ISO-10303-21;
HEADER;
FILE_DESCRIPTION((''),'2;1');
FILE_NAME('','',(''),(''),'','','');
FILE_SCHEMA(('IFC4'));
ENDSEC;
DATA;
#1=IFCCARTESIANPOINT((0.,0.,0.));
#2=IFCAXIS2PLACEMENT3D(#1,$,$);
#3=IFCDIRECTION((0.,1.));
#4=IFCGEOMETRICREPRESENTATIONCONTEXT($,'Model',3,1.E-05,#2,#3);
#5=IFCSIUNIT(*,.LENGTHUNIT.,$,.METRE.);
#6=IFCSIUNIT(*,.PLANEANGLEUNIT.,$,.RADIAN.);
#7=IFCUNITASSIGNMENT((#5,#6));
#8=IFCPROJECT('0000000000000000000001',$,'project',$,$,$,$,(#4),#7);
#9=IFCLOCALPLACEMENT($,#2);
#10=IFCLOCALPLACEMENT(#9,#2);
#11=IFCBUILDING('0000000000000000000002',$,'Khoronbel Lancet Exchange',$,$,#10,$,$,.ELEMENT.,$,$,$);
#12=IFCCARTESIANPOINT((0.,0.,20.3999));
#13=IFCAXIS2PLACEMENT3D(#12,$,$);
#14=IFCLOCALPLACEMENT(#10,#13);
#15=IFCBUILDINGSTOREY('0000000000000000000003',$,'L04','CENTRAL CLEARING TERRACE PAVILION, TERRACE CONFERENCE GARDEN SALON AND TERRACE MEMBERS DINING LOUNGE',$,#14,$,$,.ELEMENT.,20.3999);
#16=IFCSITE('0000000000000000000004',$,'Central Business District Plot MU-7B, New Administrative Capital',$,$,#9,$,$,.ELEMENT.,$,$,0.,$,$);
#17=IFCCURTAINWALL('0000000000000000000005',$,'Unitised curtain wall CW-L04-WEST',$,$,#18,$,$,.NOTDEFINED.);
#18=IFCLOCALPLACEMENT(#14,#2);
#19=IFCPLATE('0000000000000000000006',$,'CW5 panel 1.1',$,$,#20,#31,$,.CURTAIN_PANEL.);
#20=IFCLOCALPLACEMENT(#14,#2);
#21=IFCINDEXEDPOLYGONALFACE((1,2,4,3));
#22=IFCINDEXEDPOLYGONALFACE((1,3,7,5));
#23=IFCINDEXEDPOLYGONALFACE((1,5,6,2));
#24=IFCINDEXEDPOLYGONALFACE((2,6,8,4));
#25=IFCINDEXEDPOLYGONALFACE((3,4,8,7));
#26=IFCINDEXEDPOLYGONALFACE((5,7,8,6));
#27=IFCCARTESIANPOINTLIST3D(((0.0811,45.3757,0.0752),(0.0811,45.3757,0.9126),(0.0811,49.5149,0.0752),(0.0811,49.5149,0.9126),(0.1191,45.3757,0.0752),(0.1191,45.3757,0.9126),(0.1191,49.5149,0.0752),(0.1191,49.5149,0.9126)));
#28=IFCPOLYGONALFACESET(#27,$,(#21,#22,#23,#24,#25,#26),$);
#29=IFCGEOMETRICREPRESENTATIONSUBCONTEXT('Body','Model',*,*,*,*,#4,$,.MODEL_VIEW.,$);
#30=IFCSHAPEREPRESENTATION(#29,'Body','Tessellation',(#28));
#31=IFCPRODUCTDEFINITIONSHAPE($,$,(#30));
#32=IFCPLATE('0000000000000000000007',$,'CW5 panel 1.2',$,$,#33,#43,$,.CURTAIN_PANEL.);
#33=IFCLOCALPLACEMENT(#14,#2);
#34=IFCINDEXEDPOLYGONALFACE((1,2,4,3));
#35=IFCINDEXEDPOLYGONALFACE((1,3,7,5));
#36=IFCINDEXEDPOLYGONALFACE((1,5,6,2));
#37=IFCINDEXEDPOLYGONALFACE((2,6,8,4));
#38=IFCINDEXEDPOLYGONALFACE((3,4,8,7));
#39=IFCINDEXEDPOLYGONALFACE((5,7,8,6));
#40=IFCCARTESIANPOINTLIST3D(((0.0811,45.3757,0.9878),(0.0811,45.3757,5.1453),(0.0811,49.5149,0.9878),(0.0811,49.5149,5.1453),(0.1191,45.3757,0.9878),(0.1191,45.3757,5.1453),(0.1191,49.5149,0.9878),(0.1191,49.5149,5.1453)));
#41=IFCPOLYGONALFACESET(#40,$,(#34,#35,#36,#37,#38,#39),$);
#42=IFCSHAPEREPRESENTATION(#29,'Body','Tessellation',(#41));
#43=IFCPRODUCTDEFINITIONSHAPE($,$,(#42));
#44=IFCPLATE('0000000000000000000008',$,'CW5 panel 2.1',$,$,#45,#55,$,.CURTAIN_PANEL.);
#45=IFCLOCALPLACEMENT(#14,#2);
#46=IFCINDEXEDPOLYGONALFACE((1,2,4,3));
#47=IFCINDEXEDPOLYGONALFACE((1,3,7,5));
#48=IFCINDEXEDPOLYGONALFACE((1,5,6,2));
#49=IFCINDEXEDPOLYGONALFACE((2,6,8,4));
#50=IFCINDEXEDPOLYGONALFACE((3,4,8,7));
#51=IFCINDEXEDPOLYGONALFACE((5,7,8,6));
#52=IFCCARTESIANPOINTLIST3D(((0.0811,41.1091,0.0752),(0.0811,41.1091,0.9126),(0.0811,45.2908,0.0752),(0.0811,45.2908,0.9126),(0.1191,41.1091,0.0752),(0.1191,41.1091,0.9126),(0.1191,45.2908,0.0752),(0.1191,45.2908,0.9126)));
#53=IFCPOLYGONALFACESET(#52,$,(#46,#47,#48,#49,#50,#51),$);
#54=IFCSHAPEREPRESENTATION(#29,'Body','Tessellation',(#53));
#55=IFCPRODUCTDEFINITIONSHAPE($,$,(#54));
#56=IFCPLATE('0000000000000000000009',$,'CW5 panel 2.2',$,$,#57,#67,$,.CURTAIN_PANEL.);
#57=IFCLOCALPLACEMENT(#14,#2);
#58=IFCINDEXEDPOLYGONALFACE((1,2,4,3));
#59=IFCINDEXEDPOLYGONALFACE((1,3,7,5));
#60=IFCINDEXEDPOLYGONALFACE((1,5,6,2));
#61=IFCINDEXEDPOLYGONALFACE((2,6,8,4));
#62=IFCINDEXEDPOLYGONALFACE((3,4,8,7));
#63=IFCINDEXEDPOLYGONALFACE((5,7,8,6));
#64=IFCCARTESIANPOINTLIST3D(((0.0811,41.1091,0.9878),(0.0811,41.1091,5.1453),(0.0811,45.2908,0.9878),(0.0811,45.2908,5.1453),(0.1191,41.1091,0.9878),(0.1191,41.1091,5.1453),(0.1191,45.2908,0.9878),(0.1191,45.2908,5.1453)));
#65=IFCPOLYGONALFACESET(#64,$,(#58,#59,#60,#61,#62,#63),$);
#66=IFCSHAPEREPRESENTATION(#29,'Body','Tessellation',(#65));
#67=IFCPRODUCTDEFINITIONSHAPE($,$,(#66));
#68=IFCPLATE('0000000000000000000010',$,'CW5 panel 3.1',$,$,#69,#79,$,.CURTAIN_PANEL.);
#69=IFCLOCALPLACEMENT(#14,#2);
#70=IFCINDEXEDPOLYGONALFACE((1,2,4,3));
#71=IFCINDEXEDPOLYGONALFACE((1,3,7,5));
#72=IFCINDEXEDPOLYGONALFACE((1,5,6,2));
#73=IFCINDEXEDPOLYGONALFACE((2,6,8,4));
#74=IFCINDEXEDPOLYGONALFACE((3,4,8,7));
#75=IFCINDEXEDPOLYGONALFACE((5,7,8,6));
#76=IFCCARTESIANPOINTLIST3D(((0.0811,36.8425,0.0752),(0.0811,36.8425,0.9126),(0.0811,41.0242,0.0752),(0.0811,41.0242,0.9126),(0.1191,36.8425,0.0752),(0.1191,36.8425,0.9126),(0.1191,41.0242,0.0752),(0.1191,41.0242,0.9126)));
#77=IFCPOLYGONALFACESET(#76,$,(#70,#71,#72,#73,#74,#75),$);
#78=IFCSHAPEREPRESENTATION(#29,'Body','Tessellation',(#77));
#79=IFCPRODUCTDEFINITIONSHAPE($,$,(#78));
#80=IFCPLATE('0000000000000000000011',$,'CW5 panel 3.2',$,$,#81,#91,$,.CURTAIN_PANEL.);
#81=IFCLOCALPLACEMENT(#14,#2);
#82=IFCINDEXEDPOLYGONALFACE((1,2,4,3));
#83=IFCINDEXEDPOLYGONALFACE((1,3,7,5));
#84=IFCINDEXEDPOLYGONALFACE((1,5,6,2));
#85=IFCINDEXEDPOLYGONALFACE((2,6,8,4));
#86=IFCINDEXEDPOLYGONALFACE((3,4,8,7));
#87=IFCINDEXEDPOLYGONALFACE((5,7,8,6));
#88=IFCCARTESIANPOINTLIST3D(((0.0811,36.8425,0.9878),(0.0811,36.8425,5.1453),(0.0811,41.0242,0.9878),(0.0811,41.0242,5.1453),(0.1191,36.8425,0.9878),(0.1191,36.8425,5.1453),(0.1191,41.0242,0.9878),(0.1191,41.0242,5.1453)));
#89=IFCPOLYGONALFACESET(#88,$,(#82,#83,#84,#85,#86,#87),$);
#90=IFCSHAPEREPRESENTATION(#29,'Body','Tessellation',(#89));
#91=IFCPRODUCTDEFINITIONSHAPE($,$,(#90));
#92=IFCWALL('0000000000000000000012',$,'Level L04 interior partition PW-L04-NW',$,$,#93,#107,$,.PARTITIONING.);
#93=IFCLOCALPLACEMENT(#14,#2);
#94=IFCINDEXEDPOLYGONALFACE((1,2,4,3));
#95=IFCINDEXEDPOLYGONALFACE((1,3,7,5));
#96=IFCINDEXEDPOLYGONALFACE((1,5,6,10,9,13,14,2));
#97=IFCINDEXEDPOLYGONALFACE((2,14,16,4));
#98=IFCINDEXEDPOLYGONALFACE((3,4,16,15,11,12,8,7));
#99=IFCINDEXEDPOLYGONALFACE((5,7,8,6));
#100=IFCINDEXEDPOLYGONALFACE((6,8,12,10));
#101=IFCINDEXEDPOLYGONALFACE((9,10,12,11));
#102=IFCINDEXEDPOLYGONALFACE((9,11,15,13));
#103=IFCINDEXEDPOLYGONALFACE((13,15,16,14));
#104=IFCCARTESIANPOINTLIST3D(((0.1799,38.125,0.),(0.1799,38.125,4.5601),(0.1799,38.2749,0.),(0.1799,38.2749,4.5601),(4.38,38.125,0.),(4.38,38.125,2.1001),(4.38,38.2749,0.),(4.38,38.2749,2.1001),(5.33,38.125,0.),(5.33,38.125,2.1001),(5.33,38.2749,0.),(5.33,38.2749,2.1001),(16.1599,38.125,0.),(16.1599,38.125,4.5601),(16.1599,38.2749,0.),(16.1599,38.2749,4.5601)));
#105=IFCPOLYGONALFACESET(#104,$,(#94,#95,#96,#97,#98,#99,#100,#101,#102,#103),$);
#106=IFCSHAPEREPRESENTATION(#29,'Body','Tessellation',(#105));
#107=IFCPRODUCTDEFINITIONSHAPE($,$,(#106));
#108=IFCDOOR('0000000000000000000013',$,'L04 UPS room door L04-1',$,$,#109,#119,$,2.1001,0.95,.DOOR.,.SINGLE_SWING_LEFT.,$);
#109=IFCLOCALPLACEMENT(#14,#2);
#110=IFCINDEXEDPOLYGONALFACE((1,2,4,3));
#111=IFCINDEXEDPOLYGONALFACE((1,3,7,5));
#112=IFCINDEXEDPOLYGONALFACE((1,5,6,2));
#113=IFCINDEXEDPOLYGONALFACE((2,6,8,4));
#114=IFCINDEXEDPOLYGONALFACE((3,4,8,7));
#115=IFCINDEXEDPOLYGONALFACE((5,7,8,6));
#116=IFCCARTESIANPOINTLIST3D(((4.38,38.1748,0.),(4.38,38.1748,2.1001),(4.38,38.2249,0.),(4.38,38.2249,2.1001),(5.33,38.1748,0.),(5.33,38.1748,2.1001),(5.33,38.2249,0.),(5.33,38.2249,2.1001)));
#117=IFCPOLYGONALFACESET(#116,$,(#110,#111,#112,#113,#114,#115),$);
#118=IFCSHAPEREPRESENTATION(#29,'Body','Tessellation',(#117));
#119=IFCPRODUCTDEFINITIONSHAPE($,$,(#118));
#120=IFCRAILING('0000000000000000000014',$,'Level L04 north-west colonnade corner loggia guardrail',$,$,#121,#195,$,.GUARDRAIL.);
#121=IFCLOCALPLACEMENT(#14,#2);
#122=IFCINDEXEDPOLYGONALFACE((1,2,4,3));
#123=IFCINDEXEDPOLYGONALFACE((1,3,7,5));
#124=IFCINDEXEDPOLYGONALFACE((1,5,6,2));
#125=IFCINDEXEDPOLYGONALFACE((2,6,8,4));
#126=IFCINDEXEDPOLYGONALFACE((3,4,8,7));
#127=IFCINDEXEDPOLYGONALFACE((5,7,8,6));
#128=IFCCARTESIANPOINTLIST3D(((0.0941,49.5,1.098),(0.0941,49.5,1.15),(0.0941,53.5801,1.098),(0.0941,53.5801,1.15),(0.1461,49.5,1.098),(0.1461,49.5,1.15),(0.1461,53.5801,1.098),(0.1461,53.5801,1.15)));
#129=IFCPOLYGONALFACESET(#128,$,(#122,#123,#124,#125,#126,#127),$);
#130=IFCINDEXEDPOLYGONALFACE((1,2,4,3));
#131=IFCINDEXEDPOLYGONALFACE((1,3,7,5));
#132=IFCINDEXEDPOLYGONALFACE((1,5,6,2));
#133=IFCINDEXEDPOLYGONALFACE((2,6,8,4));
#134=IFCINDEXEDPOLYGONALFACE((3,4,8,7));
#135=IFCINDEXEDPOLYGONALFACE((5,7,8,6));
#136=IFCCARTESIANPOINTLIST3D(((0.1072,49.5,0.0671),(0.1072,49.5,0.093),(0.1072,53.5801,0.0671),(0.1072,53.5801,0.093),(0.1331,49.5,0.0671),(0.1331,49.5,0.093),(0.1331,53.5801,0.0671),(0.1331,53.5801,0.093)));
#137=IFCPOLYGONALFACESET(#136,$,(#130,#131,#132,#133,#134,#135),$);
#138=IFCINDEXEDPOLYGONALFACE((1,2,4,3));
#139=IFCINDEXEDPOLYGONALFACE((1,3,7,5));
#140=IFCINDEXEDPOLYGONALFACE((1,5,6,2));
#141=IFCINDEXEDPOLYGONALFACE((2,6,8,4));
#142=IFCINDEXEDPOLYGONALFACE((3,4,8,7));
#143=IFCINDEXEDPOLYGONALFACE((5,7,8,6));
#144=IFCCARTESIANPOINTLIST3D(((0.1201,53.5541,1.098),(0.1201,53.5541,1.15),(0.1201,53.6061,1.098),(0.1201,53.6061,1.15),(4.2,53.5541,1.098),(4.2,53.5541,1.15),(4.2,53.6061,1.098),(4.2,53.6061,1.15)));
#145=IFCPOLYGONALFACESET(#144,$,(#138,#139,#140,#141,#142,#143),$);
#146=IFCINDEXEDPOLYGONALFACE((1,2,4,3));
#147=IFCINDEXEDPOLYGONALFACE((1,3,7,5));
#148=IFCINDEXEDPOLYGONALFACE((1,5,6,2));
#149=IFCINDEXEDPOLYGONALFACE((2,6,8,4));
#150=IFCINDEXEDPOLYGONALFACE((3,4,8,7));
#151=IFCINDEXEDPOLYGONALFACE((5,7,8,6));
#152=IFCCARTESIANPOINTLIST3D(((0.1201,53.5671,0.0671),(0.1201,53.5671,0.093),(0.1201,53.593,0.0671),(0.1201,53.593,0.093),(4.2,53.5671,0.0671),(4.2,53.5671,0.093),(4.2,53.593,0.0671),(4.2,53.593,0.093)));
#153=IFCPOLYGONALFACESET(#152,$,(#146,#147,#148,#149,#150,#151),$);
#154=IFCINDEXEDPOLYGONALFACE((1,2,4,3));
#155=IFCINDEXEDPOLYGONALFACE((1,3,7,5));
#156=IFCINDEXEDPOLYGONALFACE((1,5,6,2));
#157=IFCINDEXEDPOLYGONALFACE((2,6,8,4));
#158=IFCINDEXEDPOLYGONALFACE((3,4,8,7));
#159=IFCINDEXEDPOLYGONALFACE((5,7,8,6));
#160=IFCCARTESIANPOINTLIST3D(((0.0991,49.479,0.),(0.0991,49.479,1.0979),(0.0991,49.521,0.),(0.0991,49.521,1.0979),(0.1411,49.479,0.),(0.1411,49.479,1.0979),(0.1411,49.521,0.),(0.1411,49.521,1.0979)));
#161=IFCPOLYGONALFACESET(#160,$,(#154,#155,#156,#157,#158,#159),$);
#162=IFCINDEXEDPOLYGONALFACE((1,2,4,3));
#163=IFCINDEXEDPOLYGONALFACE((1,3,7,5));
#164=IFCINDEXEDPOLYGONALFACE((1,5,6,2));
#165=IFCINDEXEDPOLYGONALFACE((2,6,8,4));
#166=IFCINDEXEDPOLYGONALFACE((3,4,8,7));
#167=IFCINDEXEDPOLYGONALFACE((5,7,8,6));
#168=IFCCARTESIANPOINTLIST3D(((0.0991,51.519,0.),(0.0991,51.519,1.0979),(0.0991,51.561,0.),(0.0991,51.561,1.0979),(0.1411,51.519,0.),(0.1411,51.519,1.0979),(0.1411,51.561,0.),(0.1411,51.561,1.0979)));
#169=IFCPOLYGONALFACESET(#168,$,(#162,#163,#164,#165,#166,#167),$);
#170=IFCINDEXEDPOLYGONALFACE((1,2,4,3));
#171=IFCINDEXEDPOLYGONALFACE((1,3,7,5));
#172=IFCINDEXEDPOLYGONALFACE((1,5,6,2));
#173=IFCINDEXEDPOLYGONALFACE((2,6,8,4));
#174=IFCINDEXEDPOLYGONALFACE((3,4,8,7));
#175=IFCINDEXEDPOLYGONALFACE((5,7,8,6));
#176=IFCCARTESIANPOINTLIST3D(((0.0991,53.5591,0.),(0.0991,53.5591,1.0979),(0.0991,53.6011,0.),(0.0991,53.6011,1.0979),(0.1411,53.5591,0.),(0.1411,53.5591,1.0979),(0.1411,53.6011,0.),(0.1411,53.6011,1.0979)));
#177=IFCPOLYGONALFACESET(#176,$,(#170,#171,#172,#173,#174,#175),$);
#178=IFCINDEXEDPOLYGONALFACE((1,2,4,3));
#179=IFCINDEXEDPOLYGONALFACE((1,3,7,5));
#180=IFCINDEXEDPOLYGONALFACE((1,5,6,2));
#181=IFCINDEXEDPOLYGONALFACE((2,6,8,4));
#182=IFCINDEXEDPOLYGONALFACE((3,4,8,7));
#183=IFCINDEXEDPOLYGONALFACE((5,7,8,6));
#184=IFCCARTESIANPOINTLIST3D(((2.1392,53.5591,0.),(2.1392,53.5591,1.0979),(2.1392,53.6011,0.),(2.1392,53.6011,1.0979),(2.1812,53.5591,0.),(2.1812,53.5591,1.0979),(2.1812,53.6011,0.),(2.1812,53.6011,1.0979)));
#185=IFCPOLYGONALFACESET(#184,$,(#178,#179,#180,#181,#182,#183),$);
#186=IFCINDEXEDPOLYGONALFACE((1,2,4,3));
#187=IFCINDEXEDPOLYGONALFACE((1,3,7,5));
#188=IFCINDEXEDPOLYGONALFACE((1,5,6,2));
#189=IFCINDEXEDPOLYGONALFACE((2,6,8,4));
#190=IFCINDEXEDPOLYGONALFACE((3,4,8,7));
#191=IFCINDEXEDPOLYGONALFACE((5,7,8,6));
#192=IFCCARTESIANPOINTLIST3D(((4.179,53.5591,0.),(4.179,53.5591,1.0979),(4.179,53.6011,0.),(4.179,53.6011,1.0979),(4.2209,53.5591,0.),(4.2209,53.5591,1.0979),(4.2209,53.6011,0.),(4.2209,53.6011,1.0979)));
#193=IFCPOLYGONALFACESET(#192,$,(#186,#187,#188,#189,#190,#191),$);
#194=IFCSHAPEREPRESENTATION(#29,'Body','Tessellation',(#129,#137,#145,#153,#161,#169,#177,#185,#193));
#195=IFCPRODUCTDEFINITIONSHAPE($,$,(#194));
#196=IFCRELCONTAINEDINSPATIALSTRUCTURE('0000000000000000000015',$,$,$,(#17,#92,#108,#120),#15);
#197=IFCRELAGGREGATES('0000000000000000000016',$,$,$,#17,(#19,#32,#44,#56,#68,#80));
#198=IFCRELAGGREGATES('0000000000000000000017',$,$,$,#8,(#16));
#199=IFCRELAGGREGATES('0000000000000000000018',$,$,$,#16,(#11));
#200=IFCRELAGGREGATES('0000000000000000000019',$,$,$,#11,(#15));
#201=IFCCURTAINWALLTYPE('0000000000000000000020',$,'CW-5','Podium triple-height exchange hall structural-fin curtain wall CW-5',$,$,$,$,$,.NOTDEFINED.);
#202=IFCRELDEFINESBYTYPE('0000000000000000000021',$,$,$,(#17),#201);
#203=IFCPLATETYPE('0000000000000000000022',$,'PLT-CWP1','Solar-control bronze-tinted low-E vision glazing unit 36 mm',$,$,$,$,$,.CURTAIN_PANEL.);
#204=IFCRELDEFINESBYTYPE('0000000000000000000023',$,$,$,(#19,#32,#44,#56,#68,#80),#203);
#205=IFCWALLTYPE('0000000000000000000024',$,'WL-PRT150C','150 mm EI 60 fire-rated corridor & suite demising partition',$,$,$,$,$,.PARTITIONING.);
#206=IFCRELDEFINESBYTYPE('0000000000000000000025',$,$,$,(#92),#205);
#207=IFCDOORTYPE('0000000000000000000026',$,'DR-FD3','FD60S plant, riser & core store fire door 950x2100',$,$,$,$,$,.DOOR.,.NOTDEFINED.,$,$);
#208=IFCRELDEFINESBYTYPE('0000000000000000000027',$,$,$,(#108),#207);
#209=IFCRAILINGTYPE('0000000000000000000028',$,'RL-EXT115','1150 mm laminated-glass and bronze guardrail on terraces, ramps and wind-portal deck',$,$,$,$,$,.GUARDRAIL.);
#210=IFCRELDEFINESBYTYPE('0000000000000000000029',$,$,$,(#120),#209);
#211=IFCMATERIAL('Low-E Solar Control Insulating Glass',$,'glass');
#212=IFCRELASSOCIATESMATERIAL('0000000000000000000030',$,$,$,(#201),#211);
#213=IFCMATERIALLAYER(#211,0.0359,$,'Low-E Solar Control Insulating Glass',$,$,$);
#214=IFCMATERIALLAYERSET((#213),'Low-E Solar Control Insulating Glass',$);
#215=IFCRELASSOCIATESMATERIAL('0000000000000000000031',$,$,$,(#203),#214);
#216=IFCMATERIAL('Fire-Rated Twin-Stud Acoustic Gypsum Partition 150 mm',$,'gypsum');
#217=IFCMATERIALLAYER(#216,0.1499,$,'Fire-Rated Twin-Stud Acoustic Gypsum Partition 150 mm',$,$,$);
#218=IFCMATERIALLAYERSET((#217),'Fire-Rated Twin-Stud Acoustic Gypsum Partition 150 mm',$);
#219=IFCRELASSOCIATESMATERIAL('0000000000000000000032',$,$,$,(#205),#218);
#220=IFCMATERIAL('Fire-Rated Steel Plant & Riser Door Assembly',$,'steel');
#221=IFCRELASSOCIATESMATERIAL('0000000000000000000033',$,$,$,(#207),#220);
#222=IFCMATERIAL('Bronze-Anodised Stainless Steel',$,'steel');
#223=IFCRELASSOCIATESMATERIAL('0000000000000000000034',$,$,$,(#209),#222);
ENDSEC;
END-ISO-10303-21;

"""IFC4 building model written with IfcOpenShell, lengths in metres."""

from ifc_helpers import new_model, si_unit, direction, frame, frame_2d, origin, origin_2d, place, context, subcontext, project, spatial, rectangle, extrude, material, layer, layer_set, type_object, element, fill, aggregate, save


model = new_model("IFC4")

# Units and contexts
model_context = context("Model", 3, precision=1e-05, world=origin(), true_north=direction((0.0, 1.0)))
body_context = subcontext(model_context, "Body", "Model", "MODEL_VIEW")
ifc_project = project(units=[si_unit("LENGTHUNIT", "METRE"), si_unit("PLANEANGLEUNIT", "RADIAN")], contexts=[model_context])

# Site, building, storey
site_placement = place(None, origin())
site = spatial("IfcSite", under=ifc_project, at=site_placement, Name="Central Business District Plot MU-7B, New Administrative Capital", CompositionType="ELEMENT", RefElevation=0.0)
building_placement = place(site_placement, origin())
building = spatial("IfcBuilding", under=site, at=building_placement, Name="Khoronbel Lancet Exchange", CompositionType="ELEMENT")
storey_placement = place(building_placement, frame((0.0, 0.0, 20.3999)))
storey = spatial("IfcBuildingStorey", under=building, at=storey_placement, Name="L04", Description="CENTRAL CLEARING TERRACE PAVILION, TERRACE CONFERENCE GARDEN SALON AND TERRACE MEMBERS DINING LOUNGE", CompositionType="ELEMENT", Elevation=20.3999)

# Curtain wall, plates
ifc_material_1 = material(Name="Low-E Solar Control Insulating Glass", Category="glass")
curtain_wall_type = type_object("IfcCurtainWallType", Name="CW-5", Description="Podium triple-height exchange hall structural-fin curtain wall CW-5", PredefinedType="NOTDEFINED", material=ifc_material_1)
curtain_wall_placement = place(storey_placement, origin())
curtain_wall = element("IfcCurtainWall", 1, at=curtain_wall_placement, inside=storey, type_object=curtain_wall_type, Name="Unitised curtain wall CW-L04-WEST", PredefinedType="NOTDEFINED")
ifc_layer_1 = layer(ifc_material_1, 0.0359, Name="Low-E Solar Control Insulating Glass")
ifc_layer_set_1 = layer_set([ifc_layer_1], Name="Low-E Solar Control Insulating Glass")
plate_type = type_object("IfcPlateType", Name="PLT-CWP1", Description="Solar-control bronze-tinted low-E vision glazing unit 36 mm", PredefinedType="CURTAIN_PANEL", material=ifc_layer_set_1)
plate_1_placement = place(storey_placement, frame((0.1001, 47.4453, 0.0752), z_axis=(0.0, 0.0, 1.0), x_axis=(0.0, -1.0, 0.0)))
plate_1 = element("IfcPlate", 2, at=plate_1_placement, type_object=plate_type, Name="CW5 panel 1.1", PredefinedType="CURTAIN_PANEL", context=body_context, shape_type="SweptSolid", body=[
    extrude(rectangle(XDim=4.1392, YDim=0.0381, at=origin_2d()), origin(), (0.0, 0.0, 1.0), 0.8374),
])
plate_2_placement = place(storey_placement, frame((0.1001, 47.4453, 0.9878), z_axis=(0.0, 0.0, 1.0), x_axis=(0.0, -1.0, 0.0)))
plate_2 = element("IfcPlate", 3, at=plate_2_placement, type_object=plate_type, Name="CW5 panel 1.2", PredefinedType="CURTAIN_PANEL", context=body_context, shape_type="SweptSolid", body=[
    extrude(rectangle(XDim=4.1392, YDim=0.0381, at=origin_2d()), origin(), (0.0, 0.0, 1.0), 4.1575),
])
plate_3_placement = place(storey_placement, frame((0.1001, 43.2, 0.0752), z_axis=(0.0, 0.0, 1.0), x_axis=(0.0, -1.0, 0.0)))
plate_3 = element("IfcPlate", 4, at=plate_3_placement, type_object=plate_type, Name="CW5 panel 2.1", PredefinedType="CURTAIN_PANEL", context=body_context, shape_type="SweptSolid", body=[
    extrude(rectangle(XDim=4.1816, YDim=0.0381, at=origin_2d()), origin(), (0.0, 0.0, 1.0), 0.8374),
])
plate_4_placement = place(storey_placement, frame((0.1001, 43.2, 0.9878), z_axis=(0.0, 0.0, 1.0), x_axis=(0.0, -1.0, 0.0)))
plate_4 = element("IfcPlate", 5, at=plate_4_placement, type_object=plate_type, Name="CW5 panel 2.2", PredefinedType="CURTAIN_PANEL", context=body_context, shape_type="SweptSolid", body=[
    extrude(rectangle(XDim=4.1816, YDim=0.0381, at=origin_2d()), origin(), (0.0, 0.0, 1.0), 4.1575),
])
plate_5_placement = place(storey_placement, frame((0.1001, 38.9333, 0.0752), z_axis=(0.0, 0.0, 1.0), x_axis=(0.0, -1.0, 0.0)))
plate_5 = element("IfcPlate", 6, at=plate_5_placement, type_object=plate_type, Name="CW5 panel 3.1", PredefinedType="CURTAIN_PANEL", context=body_context, shape_type="SweptSolid", body=[
    extrude(rectangle(XDim=4.1816, YDim=0.0381, at=origin_2d()), origin(), (0.0, 0.0, 1.0), 0.8374),
])
plate_6_placement = place(storey_placement, frame((0.1001, 38.9333, 0.9878), z_axis=(0.0, 0.0, 1.0), x_axis=(0.0, -1.0, 0.0)))
plate_6 = element("IfcPlate", 7, at=plate_6_placement, type_object=plate_type, Name="CW5 panel 3.2", PredefinedType="CURTAIN_PANEL", context=body_context, shape_type="SweptSolid", body=[
    extrude(rectangle(XDim=4.1816, YDim=0.0381, at=origin_2d()), origin(), (0.0, 0.0, 1.0), 4.1575),
])
aggregate(curtain_wall, [plate_1, plate_2, plate_3, plate_4, plate_5, plate_6])

# Wall, opening, door
ifc_material_2 = material(Name="Fire-Rated Twin-Stud Acoustic Gypsum Partition 150 mm", Category="gypsum")
ifc_layer_2 = layer(ifc_material_2, 0.1499, Name="Fire-Rated Twin-Stud Acoustic Gypsum Partition 150 mm")
ifc_layer_set_2 = layer_set([ifc_layer_2], Name="Fire-Rated Twin-Stud Acoustic Gypsum Partition 150 mm")
wall_type = type_object("IfcWallType", Name="WL-PRT150C", Description="150 mm EI 60 fire-rated corridor & suite demising partition", PredefinedType="PARTITIONING", material=ifc_layer_set_2)
wall_placement = place(storey_placement, frame((0.1799, 38.2, 0.0), z_axis=(0.0, 0.0, 1.0), x_axis=(1.0, 0.0, 0.0)))
wall = element("IfcWall", 8, at=wall_placement, inside=storey, type_object=wall_type, Name="Level L04 interior partition PW-L04-NW", PredefinedType="PARTITIONING", context=body_context, shape_type="SweptSolid", body=[
    extrude(rectangle(XDim=15.98, YDim=0.1499, at=frame_2d((7.99, 0.0))), origin(), (0.0, 0.0, 1.0), 4.5601),
])
opening_placement = place(wall_placement, frame((4.2, 0.0, 0.0)))
opening = element("IfcOpeningElement", 9, at=opening_placement, cuts=wall, PredefinedType="OPENING", context=body_context, shape_type="SweptSolid", body=[
    extrude(rectangle(XDim=0.95, YDim=2.1001, at=frame_2d((0.4751, 1.05))), frame((0.0, 0.085, 0.0), z_axis=(0.0, -1.0, 0.0), x_axis=(1.0, 0.0, 0.0)), (0.0, 0.0, 1.0), 0.1699),
])
ifc_material_3 = material(Name="Fire-Rated Steel Plant & Riser Door Assembly", Category="steel")
door_type = type_object("IfcDoorType", Name="DR-FD3", Description="FD60S plant, riser & core store fire door 950x2100", OperationType="NOTDEFINED", PredefinedType="DOOR", material=ifc_material_3)
door_placement = place(opening_placement, origin())
door = element("IfcDoor", 10, at=door_placement, inside=storey, type_object=door_type, Name="L04 UPS room door L04-1", OperationType="SINGLE_SWING_LEFT", OverallHeight=2.1001, OverallWidth=0.95, PredefinedType="DOOR", context=body_context, shape_type="SweptSolid", body=[
    extrude(rectangle(XDim=0.95, YDim=2.1001, at=frame_2d((0.4751, 1.05))), frame((0.0, 0.0249, 0.0), z_axis=(0.0, -1.0, 0.0), x_axis=(1.0, 0.0, 0.0)), (0.0, 0.0, 1.0), 0.05),
])
fill(opening, door)

# Railing
ifc_material_4 = material(Name="Bronze-Anodised Stainless Steel", Category="steel")
railing_type = type_object("IfcRailingType", Name="RL-EXT115", Description="1150 mm laminated-glass and bronze guardrail on terraces, ramps and wind-portal deck", PredefinedType="GUARDRAIL", material=ifc_material_4)
railing_placement = place(storey_placement, frame((0.1201, 49.5, 0.0)))
element("IfcRailing", 11, at=railing_placement, inside=storey, type_object=railing_type, Name="Level L04 north-west colonnade corner loggia guardrail", PredefinedType="GUARDRAIL", context=body_context, shape_type="SweptSolid", body=[
    extrude(rectangle(XDim=0.052, YDim=0.052, at=origin_2d()), frame((0.0, 0.0, 1.124), z_axis=(0.0, 1.0, 0.0), x_axis=(-1.0, 0.0, 0.0)), (0.0, 0.0, 1.0), 4.0801),
    extrude(rectangle(XDim=0.0259, YDim=0.0259, at=origin_2d()), frame((0.0, 0.0, 0.0801), z_axis=(0.0, 1.0, 0.0), x_axis=(-1.0, 0.0, 0.0)), (0.0, 0.0, 1.0), 4.0801),
    extrude(rectangle(XDim=0.052, YDim=0.052, at=origin_2d()), frame((0.0, 4.0801, 1.124), z_axis=(1.0, 0.0, 0.0), x_axis=(0.0, 1.0, 0.0)), (0.0, 0.0, 1.0), 4.0798),
    extrude(rectangle(XDim=0.0259, YDim=0.0259, at=origin_2d()), frame((0.0, 4.0801, 0.0801), z_axis=(1.0, 0.0, 0.0), x_axis=(0.0, 1.0, 0.0)), (0.0, 0.0, 1.0), 4.0798),
    extrude(rectangle(XDim=0.042, YDim=0.042, at=origin_2d()), origin(), (0.0, 0.0, 1.0), 1.0979),
    extrude(rectangle(XDim=0.042, YDim=0.042, at=origin_2d()), frame((0.0, 2.04, 0.0)), (0.0, 0.0, 1.0), 1.0979),
    extrude(rectangle(XDim=0.042, YDim=0.042, at=origin_2d()), frame((0.0, 4.0801, 0.0)), (0.0, 0.0, 1.0), 1.0979),
    extrude(rectangle(XDim=0.042, YDim=0.042, at=origin_2d()), frame((2.04, 4.0801, 0.0)), (0.0, 0.0, 1.0), 1.0979),
    extrude(rectangle(XDim=0.042, YDim=0.042, at=origin_2d()), frame((4.0798, 4.0801, 0.0)), (0.0, 0.0, 1.0), 1.0979),
])

save(model, "model.ifc")
